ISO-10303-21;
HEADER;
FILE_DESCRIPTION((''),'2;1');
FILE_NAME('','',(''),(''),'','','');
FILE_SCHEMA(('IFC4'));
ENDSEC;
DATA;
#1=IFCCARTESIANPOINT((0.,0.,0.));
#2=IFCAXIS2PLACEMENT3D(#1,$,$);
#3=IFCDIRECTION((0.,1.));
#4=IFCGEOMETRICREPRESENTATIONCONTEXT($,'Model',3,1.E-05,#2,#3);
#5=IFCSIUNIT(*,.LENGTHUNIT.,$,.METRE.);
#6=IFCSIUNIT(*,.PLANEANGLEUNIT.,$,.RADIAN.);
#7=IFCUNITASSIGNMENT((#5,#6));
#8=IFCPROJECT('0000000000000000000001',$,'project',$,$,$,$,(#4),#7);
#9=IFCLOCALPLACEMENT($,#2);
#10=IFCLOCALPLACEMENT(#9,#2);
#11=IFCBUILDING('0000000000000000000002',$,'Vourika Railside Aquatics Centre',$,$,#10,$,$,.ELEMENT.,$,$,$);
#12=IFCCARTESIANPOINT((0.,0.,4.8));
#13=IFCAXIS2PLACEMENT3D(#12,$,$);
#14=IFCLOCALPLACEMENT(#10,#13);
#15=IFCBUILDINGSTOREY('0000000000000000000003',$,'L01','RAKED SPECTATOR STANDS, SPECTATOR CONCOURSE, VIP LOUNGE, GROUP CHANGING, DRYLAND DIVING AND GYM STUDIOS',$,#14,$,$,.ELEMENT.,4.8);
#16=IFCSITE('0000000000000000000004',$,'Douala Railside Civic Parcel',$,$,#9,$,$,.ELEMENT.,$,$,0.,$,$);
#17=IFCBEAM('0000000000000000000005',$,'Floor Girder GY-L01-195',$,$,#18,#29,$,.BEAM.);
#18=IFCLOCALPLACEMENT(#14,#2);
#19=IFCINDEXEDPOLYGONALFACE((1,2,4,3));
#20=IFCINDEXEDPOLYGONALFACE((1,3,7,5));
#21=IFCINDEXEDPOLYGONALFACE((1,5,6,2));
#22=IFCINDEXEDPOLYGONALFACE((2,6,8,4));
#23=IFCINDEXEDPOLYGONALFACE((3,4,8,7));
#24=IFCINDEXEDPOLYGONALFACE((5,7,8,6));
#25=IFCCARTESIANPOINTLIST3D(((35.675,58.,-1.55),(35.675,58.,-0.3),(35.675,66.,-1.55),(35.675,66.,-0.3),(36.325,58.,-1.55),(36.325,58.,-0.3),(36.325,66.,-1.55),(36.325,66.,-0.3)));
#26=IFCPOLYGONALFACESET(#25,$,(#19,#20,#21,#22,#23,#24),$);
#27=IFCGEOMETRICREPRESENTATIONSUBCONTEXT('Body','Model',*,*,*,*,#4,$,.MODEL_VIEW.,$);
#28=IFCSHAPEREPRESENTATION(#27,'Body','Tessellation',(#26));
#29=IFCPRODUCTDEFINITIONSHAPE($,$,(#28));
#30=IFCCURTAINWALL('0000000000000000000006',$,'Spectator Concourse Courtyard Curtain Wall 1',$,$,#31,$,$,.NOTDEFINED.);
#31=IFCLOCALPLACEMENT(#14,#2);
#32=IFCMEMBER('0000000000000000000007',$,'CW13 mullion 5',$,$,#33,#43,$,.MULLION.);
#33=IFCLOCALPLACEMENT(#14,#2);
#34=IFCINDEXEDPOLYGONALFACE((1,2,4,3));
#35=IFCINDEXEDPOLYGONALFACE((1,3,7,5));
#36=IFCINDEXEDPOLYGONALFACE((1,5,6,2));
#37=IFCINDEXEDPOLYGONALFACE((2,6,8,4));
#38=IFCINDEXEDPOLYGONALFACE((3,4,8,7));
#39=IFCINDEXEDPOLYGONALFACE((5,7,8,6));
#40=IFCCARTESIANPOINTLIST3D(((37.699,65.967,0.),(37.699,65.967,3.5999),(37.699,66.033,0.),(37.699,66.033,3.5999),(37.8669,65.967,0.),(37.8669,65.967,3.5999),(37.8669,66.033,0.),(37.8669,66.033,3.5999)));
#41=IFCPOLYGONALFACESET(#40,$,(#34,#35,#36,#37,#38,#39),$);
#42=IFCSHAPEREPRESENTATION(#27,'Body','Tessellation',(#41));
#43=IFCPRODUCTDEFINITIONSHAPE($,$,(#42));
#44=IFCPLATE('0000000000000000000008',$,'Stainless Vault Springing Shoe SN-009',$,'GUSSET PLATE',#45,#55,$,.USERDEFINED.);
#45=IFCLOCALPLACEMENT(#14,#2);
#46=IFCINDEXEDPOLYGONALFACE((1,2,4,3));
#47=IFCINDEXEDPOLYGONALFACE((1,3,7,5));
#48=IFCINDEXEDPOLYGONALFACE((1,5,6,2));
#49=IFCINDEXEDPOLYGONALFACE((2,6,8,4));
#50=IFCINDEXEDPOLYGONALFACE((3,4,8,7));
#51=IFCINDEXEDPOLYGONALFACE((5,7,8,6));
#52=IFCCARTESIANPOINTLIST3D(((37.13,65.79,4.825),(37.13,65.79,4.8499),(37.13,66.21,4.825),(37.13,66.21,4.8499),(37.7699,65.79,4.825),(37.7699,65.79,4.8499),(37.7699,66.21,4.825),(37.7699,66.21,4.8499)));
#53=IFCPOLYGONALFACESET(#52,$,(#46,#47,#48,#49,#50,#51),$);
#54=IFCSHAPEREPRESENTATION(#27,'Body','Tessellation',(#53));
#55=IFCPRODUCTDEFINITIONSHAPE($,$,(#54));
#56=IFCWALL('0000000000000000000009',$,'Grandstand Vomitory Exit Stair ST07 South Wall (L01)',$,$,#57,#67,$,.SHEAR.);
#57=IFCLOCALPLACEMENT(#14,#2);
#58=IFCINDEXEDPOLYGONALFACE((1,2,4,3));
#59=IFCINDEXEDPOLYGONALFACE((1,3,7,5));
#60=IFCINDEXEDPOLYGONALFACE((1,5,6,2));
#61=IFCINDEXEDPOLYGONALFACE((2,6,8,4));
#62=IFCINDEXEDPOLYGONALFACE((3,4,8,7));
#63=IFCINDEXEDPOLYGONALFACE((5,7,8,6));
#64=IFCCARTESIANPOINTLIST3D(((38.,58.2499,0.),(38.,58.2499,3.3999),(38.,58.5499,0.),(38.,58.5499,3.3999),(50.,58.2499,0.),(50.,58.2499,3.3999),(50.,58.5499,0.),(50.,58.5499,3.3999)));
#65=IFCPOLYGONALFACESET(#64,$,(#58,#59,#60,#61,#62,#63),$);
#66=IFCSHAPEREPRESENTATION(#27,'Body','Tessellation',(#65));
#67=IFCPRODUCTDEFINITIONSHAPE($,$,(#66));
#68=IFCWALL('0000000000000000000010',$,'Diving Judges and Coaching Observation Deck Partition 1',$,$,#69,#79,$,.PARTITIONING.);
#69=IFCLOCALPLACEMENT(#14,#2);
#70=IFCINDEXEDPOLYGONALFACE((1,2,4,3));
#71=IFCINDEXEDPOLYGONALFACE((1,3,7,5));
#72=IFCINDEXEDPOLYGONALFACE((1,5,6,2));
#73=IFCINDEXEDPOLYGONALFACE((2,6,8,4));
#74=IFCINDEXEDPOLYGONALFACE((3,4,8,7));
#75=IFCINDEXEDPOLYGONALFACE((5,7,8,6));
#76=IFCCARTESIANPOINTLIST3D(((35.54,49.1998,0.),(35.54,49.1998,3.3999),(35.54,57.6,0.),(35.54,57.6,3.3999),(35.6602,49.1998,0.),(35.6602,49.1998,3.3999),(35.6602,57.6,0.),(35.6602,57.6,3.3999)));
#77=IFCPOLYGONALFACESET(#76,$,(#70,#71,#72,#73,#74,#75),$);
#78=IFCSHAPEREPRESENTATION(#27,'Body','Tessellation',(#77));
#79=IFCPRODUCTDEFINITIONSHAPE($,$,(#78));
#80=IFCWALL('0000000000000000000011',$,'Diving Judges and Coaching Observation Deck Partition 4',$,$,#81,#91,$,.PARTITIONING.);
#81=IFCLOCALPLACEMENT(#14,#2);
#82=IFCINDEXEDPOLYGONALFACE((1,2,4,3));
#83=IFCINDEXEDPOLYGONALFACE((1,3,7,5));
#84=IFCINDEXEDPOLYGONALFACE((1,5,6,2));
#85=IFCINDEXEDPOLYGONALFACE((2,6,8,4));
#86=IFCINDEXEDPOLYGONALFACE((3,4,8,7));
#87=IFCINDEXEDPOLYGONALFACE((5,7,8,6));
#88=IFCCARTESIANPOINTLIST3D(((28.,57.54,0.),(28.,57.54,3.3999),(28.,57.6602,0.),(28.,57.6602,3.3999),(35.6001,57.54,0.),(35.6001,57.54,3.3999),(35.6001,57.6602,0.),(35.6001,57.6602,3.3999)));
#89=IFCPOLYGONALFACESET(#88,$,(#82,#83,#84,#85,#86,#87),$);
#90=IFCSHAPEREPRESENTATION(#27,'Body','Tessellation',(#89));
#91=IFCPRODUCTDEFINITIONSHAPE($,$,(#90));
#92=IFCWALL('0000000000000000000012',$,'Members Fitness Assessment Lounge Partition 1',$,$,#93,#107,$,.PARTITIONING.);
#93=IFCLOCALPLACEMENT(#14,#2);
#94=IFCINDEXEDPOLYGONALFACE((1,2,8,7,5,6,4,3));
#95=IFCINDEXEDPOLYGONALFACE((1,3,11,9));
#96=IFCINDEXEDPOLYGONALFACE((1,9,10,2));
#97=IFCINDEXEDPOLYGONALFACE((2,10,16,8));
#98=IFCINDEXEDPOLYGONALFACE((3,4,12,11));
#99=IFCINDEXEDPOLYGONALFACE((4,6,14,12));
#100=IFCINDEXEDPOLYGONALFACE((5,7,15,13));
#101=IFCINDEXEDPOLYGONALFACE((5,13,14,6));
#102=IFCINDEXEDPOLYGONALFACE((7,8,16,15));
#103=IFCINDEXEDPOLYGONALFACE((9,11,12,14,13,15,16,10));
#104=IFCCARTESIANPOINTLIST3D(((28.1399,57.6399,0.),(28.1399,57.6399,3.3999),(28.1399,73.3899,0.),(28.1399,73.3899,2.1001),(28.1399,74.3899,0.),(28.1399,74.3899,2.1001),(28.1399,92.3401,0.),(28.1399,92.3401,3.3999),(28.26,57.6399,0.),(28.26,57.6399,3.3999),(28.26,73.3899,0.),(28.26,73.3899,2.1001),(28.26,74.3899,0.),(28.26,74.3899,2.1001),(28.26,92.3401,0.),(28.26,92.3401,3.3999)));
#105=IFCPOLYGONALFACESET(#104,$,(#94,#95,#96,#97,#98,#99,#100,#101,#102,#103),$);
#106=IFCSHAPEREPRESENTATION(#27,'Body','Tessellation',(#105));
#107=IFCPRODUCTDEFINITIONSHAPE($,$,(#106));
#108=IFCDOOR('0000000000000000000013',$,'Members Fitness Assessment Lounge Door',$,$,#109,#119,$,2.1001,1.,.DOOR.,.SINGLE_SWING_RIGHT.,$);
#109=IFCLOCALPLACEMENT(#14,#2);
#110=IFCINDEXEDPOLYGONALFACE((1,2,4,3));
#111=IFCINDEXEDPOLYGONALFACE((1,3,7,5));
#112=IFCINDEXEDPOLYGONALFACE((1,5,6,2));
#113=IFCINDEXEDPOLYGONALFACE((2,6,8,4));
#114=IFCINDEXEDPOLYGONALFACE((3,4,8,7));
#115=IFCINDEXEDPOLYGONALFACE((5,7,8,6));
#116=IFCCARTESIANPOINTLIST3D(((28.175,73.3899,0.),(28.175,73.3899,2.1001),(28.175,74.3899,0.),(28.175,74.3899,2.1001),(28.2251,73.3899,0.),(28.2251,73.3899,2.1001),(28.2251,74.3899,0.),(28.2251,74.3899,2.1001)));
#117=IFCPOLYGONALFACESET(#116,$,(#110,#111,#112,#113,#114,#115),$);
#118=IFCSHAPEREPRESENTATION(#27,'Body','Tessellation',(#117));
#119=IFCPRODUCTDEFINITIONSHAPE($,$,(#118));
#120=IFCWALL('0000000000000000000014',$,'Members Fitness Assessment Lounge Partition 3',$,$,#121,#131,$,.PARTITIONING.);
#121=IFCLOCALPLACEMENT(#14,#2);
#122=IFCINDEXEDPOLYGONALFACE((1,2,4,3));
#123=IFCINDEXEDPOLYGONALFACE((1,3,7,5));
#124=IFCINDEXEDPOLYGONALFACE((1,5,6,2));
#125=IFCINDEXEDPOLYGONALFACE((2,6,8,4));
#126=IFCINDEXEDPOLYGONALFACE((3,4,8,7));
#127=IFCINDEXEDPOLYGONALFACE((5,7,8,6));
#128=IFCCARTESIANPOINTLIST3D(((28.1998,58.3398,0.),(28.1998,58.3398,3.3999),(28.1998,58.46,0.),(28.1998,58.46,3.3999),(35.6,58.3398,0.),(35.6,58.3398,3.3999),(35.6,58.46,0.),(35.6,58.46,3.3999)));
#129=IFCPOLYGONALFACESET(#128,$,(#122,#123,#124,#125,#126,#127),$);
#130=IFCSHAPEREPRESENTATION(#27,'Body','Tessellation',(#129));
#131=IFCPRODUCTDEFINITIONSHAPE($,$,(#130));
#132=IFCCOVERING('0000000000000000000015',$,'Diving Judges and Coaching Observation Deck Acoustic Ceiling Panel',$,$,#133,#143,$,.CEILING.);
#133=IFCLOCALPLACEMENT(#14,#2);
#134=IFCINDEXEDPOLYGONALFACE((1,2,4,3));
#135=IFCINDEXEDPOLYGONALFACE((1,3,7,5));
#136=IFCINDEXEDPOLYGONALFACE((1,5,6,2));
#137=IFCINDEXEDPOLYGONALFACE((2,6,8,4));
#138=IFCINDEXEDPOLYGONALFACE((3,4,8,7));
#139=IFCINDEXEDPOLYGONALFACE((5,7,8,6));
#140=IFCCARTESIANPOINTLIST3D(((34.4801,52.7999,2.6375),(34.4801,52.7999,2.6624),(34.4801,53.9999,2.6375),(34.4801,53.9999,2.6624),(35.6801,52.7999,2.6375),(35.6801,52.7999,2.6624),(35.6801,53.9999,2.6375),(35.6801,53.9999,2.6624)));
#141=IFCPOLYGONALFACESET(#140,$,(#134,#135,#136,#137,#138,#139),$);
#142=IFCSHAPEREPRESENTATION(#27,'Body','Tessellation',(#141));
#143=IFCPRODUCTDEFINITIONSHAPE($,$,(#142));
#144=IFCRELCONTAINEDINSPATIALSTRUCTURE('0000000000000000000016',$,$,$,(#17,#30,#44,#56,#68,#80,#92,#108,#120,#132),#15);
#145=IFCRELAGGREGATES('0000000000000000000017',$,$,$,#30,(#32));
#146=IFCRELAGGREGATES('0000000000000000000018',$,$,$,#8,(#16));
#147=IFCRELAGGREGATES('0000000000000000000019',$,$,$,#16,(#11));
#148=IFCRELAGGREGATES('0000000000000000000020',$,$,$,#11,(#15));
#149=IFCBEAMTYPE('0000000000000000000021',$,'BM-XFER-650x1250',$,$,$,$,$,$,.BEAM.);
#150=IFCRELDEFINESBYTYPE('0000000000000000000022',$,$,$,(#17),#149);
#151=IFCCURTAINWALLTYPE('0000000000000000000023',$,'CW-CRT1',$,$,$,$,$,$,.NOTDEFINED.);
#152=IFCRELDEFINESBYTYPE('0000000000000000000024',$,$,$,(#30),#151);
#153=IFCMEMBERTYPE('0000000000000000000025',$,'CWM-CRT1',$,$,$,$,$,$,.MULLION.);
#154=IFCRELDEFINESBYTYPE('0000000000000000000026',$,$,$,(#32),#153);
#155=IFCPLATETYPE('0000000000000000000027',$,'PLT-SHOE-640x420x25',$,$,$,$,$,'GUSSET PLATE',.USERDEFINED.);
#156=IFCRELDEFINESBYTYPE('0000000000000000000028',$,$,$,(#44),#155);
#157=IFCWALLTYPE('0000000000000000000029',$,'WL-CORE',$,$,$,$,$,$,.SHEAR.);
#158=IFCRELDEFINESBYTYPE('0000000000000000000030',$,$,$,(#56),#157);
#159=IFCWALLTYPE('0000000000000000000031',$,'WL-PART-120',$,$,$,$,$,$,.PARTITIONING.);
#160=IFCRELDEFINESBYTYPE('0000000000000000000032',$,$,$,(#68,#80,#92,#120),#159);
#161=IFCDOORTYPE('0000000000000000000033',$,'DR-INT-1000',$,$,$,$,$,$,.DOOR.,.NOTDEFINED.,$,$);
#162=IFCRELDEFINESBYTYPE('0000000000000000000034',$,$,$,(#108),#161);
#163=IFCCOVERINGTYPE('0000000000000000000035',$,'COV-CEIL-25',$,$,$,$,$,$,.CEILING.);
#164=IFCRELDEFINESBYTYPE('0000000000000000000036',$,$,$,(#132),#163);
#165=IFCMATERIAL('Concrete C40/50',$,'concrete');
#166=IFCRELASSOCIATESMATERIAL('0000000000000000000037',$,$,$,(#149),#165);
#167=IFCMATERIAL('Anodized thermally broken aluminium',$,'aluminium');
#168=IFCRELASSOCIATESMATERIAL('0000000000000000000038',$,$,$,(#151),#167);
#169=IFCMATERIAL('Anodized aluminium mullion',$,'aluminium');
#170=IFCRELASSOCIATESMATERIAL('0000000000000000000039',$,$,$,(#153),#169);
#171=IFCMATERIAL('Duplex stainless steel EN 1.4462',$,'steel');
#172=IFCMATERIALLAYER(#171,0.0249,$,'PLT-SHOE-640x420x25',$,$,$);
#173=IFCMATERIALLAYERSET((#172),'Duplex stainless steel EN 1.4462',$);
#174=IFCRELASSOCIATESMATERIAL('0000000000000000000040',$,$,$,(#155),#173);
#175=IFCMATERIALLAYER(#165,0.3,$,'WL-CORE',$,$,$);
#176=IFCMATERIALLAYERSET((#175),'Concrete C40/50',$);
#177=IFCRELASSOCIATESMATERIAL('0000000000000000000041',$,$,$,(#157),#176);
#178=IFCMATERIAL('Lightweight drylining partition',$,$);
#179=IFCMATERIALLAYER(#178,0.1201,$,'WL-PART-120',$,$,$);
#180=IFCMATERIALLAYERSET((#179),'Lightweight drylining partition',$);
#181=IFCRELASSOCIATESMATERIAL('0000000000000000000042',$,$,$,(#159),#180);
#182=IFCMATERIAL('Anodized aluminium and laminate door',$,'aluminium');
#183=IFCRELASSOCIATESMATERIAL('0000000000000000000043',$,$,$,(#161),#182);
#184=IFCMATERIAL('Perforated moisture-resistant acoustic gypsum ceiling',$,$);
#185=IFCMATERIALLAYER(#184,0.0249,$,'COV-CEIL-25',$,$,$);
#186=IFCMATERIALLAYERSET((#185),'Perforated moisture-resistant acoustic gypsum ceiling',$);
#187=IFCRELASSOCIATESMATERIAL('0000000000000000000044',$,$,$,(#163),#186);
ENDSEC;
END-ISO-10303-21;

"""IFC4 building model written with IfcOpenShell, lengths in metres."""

from ifc_helpers import new_model, si_unit, direction, frame, frame_2d, origin, origin_2d, place, context, subcontext, project, spatial, rectangle, extrude, material, layer, layer_set, material_profile, profile_set, type_object, element, fill, aggregate, save


model = new_model("IFC4")

# Units and contexts
model_context = context("Model", 3, precision=1e-05, world=origin(), true_north=direction((0.0, 1.0)))
body_context = subcontext(model_context, "Body", "Model", "MODEL_VIEW")
ifc_project = project(units=[si_unit("LENGTHUNIT", "METRE"), si_unit("PLANEANGLEUNIT", "RADIAN")], contexts=[model_context])

# Site, building, storey
site_placement = place(None, origin())
site = spatial("IfcSite", under=ifc_project, at=site_placement, Name="Douala Railside Civic Parcel", CompositionType="ELEMENT", RefElevation=0.0)
building_placement = place(site_placement, origin())
building = spatial("IfcBuilding", under=site, at=building_placement, Name="Vourika Railside Aquatics Centre", CompositionType="ELEMENT")
storey_placement = place(building_placement, frame((0.0, 0.0, 4.8)))
storey = spatial("IfcBuildingStorey", under=building, at=storey_placement, Name="L01", Description="RAKED SPECTATOR STANDS, SPECTATOR CONCOURSE, VIP LOUNGE, GROUP CHANGING, DRYLAND DIVING AND GYM STUDIOS", CompositionType="ELEMENT", Elevation=4.8)

# Shared definitions
ifc_material_1 = material(Name="Concrete C40/50", Category="concrete")

# Beam
ifc_material_profile_1 = material_profile(ifc_material_1, rectangle(XDim=0.6499, YDim=1.25, at=origin_2d()), Name="RC 650x1250")
ifc_profile_set_1 = profile_set([ifc_material_profile_1], Name="Concrete C40/50")
beam_type_1 = type_object("IfcBeamType", Name="BM-XFER-650x1250", PredefinedType="BEAM", material=ifc_profile_set_1)
beam_1_placement = place(storey_placement, frame((36.0, 58.0, -0.925), z_axis=(0.0, 1.0, 0.0), x_axis=(-1.0, 0.0, 0.0)))
element("IfcBeam", 1, at=beam_1_placement, inside=storey, type_object=beam_type_1, Name="Floor Girder GY-L01-195", PredefinedType="BEAM", context=body_context, shape_type="SweptSolid", body=[
    extrude(rectangle(XDim=0.6499, YDim=1.25, at=origin_2d()), origin(), (0.0, 0.0, 1.0), 8.0),
])

# Curtain wall, member
ifc_material_2 = material(Name="Anodized thermally broken aluminium", Category="aluminium")
curtain_wall_type = type_object("IfcCurtainWallType", Name="CW-CRT1", PredefinedType="NOTDEFINED", material=ifc_material_2)
curtain_wall_placement = place(storey_placement, origin())
curtain_wall = element("IfcCurtainWall", 2, at=curtain_wall_placement, inside=storey, type_object=curtain_wall_type, Name="Spectator Concourse Courtyard Curtain Wall 1", PredefinedType="NOTDEFINED")
ifc_material_3 = material(Name="Anodized aluminium mullion", Category="aluminium")
ifc_material_profile_2 = material_profile(ifc_material_3, rectangle(XDim=0.0659, YDim=0.168, at=origin_2d()), Name="ALU-M 66x168")
ifc_profile_set_2 = profile_set([ifc_material_profile_2], Name="Anodized aluminium mullion")
member_type = type_object("IfcMemberType", Name="CWM-CRT1", PredefinedType="MULLION", material=ifc_profile_set_2)
member_placement = place(storey_placement, frame((37.783, 66.0, 0.0), z_axis=(0.0, 0.0, 1.0), x_axis=(0.0, -1.0, 0.0)))
member = element("IfcMember", 3, at=member_placement, type_object=member_type, Name="CW13 mullion 5", PredefinedType="MULLION", context=body_context, shape_type="SweptSolid", body=[
    extrude(rectangle(XDim=0.0659, YDim=0.168, at=origin_2d()), origin(), (0.0, 0.0, 1.0), 3.5999),
])
aggregate(curtain_wall, [member])

# Plate
ifc_material_4 = material(Name="Duplex stainless steel EN 1.4462", Category="steel")
ifc_layer_1 = layer(ifc_material_4, 0.0249, Name="PLT-SHOE-640x420x25")
ifc_layer_set_1 = layer_set([ifc_layer_1], Name="Duplex stainless steel EN 1.4462")
plate_type = type_object("IfcPlateType", Name="PLT-SHOE-640x420x25", ElementType="GUSSET PLATE", PredefinedType="USERDEFINED", material=ifc_layer_set_1)
plate_placement = place(storey_placement, frame((37.45, 66.0, 4.825), z_axis=(0.0, 0.0, 1.0), x_axis=(1.0, 0.0, 0.0)))
element("IfcPlate", 4, at=plate_placement, inside=storey, type_object=plate_type, Name="Stainless Vault Springing Shoe SN-009", ObjectType="GUSSET PLATE", PredefinedType="USERDEFINED", context=body_context, shape_type="SweptSolid", body=[
    extrude(rectangle(XDim=0.6399, YDim=0.4199, at=origin_2d()), origin(), (0.0, 0.0, 1.0), 0.0249),
])

# Walls
ifc_layer_2 = layer(ifc_material_1, 0.3, Name="WL-CORE")
ifc_layer_set_2 = layer_set([ifc_layer_2], Name="Concrete C40/50")
wall_type_1 = type_object("IfcWallType", Name="WL-CORE", PredefinedType="SHEAR", material=ifc_layer_set_2)
wall_1_placement = place(storey_placement, frame((38.0, 58.3999, 0.0), z_axis=(0.0, 0.0, 1.0), x_axis=(1.0, 0.0, 0.0)))
element("IfcWall", 5, at=wall_1_placement, inside=storey, type_object=wall_type_1, Name="Grandstand Vomitory Exit Stair ST07 South Wall (L01)", PredefinedType="SHEAR", context=body_context, shape_type="SweptSolid", body=[
    extrude(rectangle(XDim=12.0, YDim=0.3, at=frame_2d((6.0, 0.0))), origin(), (0.0, 0.0, 1.0), 3.3999),
])
ifc_material_5 = material(Name="Lightweight drylining partition")
ifc_layer_3 = layer(ifc_material_5, 0.1201, Name="WL-PART-120")
ifc_layer_set_3 = layer_set([ifc_layer_3], Name="Lightweight drylining partition")
wall_type_2 = type_object("IfcWallType", Name="WL-PART-120", PredefinedType="PARTITIONING", material=ifc_layer_set_3)
wall_2_placement = place(storey_placement, frame((35.6001, 57.6001, 0.0), z_axis=(0.0, 0.0, 1.0), x_axis=(0.0, -1.0, 0.0)))
element("IfcWall", 6, at=wall_2_placement, inside=storey, type_object=wall_type_2, Name="Diving Judges and Coaching Observation Deck Partition 1", PredefinedType="PARTITIONING", context=body_context, shape_type="SweptSolid", body=[
    extrude(rectangle(XDim=8.4001, YDim=0.1201, at=frame_2d((4.2002, 0.0))), origin(), (0.0, 0.0, 1.0), 3.3999),
])
wall_3_placement = place(storey_placement, frame((28.0, 57.6001, 0.0), z_axis=(0.0, 0.0, 1.0), x_axis=(1.0, 0.0, 0.0)))
element("IfcWall", 7, at=wall_3_placement, inside=storey, type_object=wall_type_2, Name="Diving Judges and Coaching Observation Deck Partition 4", PredefinedType="PARTITIONING", context=body_context, shape_type="SweptSolid", body=[
    extrude(rectangle(XDim=7.6001, YDim=0.1201, at=frame_2d((3.8, 0.0))), origin(), (0.0, 0.0, 1.0), 3.3999),
])

# Wall, opening, door
wall_4_placement = place(storey_placement, frame((28.2, 57.6399, 0.0), z_axis=(0.0, 0.0, 1.0), x_axis=(0.0, 1.0, 0.0)))
wall_4 = element("IfcWall", 8, at=wall_4_placement, inside=storey, type_object=wall_type_2, Name="Members Fitness Assessment Lounge Partition 1", PredefinedType="PARTITIONING", context=body_context, shape_type="SweptSolid", body=[
    extrude(rectangle(XDim=34.7002, YDim=0.1201, at=frame_2d((17.3501, 0.0))), origin(), (0.0, 0.0, 1.0), 3.3999),
])
opening_placement = place(wall_4_placement, frame((15.75, 0.0, 0.0)))
opening = element("IfcOpeningElement", 9, at=opening_placement, cuts=wall_4, PredefinedType="OPENING", context=body_context, shape_type="SweptSolid", body=[
    extrude(rectangle(XDim=1.0, YDim=2.1001, at=frame_2d((0.5, 1.05))), frame((0.0, 0.0701, 0.0), z_axis=(0.0, -1.0, 0.0), x_axis=(1.0, 0.0, 0.0)), (0.0, 0.0, 1.0), 0.1401),
])
ifc_material_6 = material(Name="Anodized aluminium and laminate door", Category="aluminium")
door_type = type_object("IfcDoorType", Name="DR-INT-1000", OperationType="NOTDEFINED", PredefinedType="DOOR", material=ifc_material_6)
door_placement = place(opening_placement, origin())
door = element("IfcDoor", 10, at=door_placement, inside=storey, type_object=door_type, Name="Members Fitness Assessment Lounge Door", OperationType="SINGLE_SWING_RIGHT", OverallHeight=2.1001, OverallWidth=1.0, PredefinedType="DOOR", context=body_context, shape_type="SweptSolid", body=[
    extrude(rectangle(XDim=1.0, YDim=2.1001, at=frame_2d((0.5, 1.05))), frame((0.0, 0.0249, 0.0), z_axis=(0.0, -1.0, 0.0), x_axis=(1.0, 0.0, 0.0)), (0.0, 0.0, 1.0), 0.05),
])
fill(opening, door)

# Wall
wall_5_placement = place(storey_placement, frame((35.6001, 58.3999, 0.0), z_axis=(0.0, 0.0, 1.0), x_axis=(-1.0, 0.0, 0.0)))
element("IfcWall", 11, at=wall_5_placement, inside=storey, type_object=wall_type_2, Name="Members Fitness Assessment Lounge Partition 3", PredefinedType="PARTITIONING", context=body_context, shape_type="SweptSolid", body=[
    extrude(rectangle(XDim=7.4001, YDim=0.1201, at=frame_2d((3.7002, 0.0))), origin(), (0.0, 0.0, 1.0), 3.3999),
])

# Covering
ifc_material_7 = material(Name="Perforated moisture-resistant acoustic gypsum ceiling")
ifc_layer_4 = layer(ifc_material_7, 0.0249, Name="COV-CEIL-25")
ifc_layer_set_4 = layer_set([ifc_layer_4], Name="Perforated moisture-resistant acoustic gypsum ceiling")
covering_type = type_object("IfcCoveringType", Name="COV-CEIL-25", PredefinedType="CEILING", material=ifc_layer_set_4)
covering_placement = place(storey_placement, frame((35.0801, 53.3999, 2.6375), z_axis=(0.0, 0.0, 1.0), x_axis=(1.0, 0.0, 0.0)))
element("IfcCovering", 12, at=covering_placement, inside=storey, type_object=covering_type, Name="Diving Judges and Coaching Observation Deck Acoustic Ceiling Panel", PredefinedType="CEILING", context=body_context, shape_type="SweptSolid", body=[
    extrude(rectangle(XDim=1.2, YDim=1.2, at=origin_2d()), origin(), (0.0, 0.0, 1.0), 0.0249),
])

save(model, "model.ifc")
